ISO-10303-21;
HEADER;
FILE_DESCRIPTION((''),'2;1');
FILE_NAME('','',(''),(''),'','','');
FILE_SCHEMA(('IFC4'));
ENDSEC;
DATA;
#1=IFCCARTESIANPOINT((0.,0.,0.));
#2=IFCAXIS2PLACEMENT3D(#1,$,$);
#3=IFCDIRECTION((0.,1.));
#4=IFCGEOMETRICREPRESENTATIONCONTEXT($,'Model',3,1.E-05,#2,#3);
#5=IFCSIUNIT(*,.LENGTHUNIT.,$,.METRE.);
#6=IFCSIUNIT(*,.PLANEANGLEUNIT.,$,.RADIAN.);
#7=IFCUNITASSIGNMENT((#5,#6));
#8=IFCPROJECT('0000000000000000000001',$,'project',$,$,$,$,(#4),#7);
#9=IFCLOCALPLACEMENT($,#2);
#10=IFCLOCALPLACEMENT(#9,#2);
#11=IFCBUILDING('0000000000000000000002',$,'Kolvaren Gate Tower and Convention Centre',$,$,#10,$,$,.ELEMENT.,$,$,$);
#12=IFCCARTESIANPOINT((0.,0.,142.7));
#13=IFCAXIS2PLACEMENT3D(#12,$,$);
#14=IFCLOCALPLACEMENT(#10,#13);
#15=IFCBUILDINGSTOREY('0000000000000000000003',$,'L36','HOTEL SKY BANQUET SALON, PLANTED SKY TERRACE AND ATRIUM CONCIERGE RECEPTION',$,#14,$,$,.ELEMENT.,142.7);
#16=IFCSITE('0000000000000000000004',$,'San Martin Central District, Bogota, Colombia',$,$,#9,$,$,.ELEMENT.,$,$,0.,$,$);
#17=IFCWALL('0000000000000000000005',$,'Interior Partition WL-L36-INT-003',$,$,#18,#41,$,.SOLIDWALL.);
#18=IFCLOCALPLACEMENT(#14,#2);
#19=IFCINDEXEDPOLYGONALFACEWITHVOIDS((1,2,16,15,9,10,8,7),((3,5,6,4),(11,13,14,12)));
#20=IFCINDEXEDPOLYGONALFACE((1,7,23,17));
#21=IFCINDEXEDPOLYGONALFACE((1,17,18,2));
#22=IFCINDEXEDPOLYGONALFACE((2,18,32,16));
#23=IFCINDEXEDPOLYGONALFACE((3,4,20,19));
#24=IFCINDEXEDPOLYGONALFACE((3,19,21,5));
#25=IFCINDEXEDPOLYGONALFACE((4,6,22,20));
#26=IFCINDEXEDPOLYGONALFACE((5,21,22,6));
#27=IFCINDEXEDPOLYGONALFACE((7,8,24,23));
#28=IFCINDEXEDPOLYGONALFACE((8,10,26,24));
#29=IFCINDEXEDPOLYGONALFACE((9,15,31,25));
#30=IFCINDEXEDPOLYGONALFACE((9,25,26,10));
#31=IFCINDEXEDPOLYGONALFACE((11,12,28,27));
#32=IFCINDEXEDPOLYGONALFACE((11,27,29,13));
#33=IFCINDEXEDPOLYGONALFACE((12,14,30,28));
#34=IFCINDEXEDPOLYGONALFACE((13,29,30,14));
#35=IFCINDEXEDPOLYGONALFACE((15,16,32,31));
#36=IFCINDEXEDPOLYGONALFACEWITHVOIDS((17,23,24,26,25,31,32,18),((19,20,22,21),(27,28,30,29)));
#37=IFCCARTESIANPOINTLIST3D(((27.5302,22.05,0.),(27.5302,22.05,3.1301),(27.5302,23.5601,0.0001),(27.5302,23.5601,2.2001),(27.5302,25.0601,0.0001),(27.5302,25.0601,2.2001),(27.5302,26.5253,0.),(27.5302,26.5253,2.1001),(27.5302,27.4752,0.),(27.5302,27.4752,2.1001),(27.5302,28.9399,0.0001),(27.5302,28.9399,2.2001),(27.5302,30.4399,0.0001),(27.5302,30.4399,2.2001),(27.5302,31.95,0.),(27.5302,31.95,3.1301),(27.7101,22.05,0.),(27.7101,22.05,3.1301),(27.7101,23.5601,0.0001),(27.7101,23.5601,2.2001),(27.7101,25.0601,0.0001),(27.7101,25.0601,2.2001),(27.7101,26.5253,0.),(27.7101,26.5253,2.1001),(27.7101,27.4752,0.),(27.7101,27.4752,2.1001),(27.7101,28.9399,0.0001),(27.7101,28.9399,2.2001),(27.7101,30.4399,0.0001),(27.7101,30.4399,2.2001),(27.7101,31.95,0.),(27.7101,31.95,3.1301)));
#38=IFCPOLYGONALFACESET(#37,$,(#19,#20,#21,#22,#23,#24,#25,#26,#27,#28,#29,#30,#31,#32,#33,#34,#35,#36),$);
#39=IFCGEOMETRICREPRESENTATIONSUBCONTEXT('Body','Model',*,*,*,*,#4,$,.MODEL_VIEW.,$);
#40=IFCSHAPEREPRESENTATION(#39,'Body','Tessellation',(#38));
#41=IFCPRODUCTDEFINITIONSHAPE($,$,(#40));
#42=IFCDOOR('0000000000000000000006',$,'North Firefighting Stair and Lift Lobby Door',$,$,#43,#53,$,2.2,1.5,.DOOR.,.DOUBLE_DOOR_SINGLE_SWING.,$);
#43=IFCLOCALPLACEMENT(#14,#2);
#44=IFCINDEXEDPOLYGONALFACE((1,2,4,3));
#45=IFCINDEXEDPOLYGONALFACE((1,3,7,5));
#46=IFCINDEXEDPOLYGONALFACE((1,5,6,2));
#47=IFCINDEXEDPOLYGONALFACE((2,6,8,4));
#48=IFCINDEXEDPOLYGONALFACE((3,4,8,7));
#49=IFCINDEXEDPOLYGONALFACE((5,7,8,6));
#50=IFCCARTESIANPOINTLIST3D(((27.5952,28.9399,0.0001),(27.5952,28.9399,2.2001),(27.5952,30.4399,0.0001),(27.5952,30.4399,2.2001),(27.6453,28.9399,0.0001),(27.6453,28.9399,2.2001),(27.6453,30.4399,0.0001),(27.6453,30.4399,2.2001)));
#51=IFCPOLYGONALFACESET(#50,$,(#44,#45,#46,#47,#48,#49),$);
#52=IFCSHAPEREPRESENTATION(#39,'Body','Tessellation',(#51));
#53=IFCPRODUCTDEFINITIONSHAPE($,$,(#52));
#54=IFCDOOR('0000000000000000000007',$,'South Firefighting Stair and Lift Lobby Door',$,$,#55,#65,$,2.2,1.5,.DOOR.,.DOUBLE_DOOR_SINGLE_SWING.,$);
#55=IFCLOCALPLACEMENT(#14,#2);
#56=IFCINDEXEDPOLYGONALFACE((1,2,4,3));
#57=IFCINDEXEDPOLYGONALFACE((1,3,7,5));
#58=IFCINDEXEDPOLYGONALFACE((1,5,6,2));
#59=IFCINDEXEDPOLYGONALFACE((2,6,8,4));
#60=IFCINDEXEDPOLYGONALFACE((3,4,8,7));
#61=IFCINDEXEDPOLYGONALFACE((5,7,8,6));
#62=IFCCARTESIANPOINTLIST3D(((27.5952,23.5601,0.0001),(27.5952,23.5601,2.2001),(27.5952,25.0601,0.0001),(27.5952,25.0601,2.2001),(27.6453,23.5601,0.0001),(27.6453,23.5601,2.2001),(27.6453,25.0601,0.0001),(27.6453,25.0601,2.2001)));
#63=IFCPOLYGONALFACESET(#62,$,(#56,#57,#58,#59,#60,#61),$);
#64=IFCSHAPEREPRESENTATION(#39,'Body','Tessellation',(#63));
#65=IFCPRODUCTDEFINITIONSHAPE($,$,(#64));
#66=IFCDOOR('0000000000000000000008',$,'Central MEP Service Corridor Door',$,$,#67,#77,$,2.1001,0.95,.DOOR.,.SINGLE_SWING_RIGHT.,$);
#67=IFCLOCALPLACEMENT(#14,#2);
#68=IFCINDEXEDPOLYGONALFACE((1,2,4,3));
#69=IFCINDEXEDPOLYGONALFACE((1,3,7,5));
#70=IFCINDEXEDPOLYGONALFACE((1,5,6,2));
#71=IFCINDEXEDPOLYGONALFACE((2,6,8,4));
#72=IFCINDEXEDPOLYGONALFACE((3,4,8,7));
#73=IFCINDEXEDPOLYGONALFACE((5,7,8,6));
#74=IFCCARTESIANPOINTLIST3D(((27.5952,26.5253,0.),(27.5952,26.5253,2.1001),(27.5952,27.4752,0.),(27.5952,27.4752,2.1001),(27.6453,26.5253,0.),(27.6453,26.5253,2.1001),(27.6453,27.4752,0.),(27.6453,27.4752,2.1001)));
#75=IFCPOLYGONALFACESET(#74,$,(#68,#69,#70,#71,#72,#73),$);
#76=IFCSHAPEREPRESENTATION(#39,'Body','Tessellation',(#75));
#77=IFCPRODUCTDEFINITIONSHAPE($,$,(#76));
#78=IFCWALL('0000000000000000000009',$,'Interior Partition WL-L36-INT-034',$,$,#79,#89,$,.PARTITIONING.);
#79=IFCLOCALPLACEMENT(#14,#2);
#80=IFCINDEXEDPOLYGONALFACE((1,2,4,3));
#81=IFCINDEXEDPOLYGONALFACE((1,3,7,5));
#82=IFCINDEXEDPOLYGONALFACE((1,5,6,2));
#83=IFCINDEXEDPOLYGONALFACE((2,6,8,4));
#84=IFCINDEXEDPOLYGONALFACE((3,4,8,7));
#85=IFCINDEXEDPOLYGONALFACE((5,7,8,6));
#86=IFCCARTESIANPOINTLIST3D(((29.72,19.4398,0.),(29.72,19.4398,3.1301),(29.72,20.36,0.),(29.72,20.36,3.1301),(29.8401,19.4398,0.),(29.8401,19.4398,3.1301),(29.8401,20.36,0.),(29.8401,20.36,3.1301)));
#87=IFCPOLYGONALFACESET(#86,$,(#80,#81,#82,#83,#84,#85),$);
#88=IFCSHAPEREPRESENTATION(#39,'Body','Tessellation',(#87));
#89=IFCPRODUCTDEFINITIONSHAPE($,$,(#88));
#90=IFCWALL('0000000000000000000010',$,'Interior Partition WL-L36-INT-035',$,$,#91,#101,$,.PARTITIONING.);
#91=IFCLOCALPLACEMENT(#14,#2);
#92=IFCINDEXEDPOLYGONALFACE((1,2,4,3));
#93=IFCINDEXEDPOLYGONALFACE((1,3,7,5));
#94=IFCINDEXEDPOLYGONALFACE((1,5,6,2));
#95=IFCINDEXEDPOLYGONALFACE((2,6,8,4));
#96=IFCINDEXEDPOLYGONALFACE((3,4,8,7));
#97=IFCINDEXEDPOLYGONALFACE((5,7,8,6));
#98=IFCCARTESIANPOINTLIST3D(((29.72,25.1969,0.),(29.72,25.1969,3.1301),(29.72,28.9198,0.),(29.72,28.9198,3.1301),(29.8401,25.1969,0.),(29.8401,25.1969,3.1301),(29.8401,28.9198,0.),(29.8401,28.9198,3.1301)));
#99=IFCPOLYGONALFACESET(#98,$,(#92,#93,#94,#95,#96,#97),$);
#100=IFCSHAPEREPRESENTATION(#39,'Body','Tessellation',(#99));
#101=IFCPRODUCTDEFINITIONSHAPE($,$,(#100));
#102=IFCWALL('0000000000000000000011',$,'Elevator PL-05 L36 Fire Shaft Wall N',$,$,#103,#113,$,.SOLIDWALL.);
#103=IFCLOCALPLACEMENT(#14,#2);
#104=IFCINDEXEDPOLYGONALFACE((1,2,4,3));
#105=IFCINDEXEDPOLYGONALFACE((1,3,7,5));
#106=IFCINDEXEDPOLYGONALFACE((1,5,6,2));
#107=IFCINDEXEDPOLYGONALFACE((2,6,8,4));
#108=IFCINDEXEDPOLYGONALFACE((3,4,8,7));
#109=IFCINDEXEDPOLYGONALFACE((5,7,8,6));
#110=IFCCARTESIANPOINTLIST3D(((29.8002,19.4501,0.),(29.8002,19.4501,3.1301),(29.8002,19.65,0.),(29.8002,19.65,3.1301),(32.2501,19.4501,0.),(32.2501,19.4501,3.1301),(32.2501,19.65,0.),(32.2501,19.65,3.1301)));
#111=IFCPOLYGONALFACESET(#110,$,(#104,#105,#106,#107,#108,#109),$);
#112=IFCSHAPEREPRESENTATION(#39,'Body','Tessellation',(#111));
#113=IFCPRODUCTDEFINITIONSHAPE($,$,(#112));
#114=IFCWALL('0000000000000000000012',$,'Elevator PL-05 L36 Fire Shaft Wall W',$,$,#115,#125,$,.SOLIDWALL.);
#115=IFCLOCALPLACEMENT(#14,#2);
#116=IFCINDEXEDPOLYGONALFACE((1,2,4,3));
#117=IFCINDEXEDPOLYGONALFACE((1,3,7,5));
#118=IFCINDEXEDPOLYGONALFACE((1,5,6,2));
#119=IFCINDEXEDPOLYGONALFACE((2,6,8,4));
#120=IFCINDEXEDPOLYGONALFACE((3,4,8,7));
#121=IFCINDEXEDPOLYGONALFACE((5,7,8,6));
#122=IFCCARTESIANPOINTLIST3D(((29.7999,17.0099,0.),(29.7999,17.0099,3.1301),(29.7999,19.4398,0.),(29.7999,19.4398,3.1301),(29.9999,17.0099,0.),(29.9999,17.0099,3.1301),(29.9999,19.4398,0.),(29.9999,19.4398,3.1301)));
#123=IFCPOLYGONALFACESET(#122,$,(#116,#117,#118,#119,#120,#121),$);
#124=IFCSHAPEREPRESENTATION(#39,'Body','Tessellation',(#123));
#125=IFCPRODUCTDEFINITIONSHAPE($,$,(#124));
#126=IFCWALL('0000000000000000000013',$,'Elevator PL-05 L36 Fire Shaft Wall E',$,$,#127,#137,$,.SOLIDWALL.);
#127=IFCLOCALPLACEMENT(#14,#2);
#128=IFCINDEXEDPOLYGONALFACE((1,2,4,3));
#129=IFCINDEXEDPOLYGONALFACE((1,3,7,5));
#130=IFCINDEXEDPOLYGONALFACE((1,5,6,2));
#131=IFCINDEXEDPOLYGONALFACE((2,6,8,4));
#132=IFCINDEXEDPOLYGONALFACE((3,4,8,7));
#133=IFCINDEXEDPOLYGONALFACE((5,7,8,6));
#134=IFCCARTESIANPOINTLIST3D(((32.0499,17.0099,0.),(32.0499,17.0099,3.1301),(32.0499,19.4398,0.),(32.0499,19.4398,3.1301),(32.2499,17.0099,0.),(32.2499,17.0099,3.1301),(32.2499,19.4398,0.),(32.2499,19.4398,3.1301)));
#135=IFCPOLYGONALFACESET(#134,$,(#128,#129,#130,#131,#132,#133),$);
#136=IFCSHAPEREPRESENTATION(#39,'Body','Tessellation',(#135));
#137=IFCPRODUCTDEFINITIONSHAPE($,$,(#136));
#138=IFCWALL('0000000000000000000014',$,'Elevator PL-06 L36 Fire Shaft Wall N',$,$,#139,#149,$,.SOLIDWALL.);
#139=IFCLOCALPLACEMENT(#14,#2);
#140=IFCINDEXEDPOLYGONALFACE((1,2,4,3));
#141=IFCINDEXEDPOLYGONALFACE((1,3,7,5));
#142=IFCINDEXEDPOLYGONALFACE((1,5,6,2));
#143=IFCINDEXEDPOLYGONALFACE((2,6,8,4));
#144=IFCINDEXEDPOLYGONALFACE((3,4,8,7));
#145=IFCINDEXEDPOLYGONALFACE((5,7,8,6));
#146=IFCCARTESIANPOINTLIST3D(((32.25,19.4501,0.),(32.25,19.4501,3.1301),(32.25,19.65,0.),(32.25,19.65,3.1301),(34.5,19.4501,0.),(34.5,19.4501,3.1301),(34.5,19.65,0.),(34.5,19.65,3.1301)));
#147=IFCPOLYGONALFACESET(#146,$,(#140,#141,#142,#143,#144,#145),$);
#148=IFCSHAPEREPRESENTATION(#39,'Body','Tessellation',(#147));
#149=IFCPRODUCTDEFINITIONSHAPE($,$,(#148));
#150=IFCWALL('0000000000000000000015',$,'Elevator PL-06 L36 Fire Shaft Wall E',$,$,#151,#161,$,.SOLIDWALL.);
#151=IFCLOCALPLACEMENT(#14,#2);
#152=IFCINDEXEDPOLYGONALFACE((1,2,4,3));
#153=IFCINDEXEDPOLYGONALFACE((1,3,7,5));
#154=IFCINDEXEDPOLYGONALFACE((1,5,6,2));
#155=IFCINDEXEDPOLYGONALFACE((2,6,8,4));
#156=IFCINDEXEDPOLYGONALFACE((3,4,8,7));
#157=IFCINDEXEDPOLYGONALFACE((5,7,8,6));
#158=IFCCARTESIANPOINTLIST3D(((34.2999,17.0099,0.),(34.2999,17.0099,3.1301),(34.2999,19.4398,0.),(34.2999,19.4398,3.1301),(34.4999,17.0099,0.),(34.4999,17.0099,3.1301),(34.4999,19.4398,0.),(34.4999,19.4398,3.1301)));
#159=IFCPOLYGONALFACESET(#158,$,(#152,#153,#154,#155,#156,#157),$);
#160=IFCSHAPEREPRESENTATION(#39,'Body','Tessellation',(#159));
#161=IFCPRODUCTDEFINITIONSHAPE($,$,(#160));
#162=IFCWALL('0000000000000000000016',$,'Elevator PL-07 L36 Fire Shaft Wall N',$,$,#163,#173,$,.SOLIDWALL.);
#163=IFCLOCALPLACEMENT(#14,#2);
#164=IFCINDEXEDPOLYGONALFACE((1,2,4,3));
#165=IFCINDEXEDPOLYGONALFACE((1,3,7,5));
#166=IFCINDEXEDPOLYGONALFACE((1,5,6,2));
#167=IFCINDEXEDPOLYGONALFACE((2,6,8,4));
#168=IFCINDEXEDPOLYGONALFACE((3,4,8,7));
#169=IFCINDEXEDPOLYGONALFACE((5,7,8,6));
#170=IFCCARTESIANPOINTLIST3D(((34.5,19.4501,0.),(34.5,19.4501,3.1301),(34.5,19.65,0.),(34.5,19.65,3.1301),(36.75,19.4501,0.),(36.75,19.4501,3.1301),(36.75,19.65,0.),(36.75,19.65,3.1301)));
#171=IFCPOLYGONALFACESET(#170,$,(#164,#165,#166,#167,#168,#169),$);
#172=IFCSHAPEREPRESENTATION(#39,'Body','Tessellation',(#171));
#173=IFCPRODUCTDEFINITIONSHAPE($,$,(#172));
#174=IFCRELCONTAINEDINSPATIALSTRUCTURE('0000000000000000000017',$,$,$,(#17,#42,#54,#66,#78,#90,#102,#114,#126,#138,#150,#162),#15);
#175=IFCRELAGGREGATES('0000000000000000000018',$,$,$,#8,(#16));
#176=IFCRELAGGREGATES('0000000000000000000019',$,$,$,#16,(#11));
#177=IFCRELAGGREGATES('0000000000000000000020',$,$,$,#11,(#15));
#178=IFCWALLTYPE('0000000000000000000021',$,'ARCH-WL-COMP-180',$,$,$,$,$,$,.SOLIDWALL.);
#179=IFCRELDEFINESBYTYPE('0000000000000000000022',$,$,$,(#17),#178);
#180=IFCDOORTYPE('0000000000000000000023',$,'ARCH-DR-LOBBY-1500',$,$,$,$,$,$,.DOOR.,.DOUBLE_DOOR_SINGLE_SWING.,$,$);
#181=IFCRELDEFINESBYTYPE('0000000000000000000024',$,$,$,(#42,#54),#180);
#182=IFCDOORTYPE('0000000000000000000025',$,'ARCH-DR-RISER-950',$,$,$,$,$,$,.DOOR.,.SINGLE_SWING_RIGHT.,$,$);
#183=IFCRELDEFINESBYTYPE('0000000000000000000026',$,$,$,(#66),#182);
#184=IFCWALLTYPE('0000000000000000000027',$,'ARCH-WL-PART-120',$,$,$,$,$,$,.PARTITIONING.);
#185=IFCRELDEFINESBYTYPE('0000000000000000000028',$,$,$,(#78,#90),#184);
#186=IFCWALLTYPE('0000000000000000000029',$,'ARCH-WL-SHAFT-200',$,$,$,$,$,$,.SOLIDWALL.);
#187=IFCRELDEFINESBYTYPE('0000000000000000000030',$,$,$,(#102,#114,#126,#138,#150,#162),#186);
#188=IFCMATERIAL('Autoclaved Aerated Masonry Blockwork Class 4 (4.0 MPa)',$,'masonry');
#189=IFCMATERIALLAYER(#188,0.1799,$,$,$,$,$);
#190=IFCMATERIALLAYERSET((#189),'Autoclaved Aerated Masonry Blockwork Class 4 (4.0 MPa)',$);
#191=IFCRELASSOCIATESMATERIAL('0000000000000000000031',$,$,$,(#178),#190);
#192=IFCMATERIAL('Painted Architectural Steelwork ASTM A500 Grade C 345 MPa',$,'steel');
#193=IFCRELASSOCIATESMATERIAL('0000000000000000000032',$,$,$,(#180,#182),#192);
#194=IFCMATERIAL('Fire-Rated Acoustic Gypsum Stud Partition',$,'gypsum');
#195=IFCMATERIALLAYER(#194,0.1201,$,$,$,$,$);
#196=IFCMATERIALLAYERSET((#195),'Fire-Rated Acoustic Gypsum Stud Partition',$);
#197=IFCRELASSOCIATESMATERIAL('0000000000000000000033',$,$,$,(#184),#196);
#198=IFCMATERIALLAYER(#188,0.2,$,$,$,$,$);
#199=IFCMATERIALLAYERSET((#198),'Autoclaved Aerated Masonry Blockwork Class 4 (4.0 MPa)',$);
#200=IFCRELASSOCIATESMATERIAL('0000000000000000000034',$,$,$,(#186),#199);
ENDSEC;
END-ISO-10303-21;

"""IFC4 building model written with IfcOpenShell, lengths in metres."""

from ifc_helpers import new_model, si_unit, direction, frame, frame_2d, origin, place, context, subcontext, project, spatial, rectangle, extrude, material, layer, layer_set, type_object, element, fill, save


model = new_model("IFC4")

# Units and contexts
model_context = context("Model", 3, precision=1e-05, world=origin(), true_north=direction((0.0, 1.0)))
body_context = subcontext(model_context, "Body", "Model", "MODEL_VIEW")
ifc_project = project(units=[si_unit("LENGTHUNIT", "METRE"), si_unit("PLANEANGLEUNIT", "RADIAN")], contexts=[model_context])

# Site, building, storey
site_placement = place(None, origin())
site = spatial("IfcSite", under=ifc_project, at=site_placement, Name="San Martin Central District, Bogota, Colombia", CompositionType="ELEMENT", RefElevation=0.0)
building_placement = place(site_placement, origin())
building = spatial("IfcBuilding", under=site, at=building_placement, Name="Kolvaren Gate Tower and Convention Centre", CompositionType="ELEMENT")
storey_placement = place(building_placement, frame((0.0, 0.0, 142.7)))
storey = spatial("IfcBuildingStorey", under=building, at=storey_placement, Name="L36", Description="HOTEL SKY BANQUET SALON, PLANTED SKY TERRACE AND ATRIUM CONCIERGE RECEPTION", CompositionType="ELEMENT", Elevation=142.7)

# Wall, openings, doors
ifc_material_1 = material(Name="Autoclaved Aerated Masonry Blockwork Class 4 (4.0 MPa)", Category="masonry")
ifc_layer_1 = layer(ifc_material_1, 0.1799)
ifc_layer_set_1 = layer_set([ifc_layer_1], Name="Autoclaved Aerated Masonry Blockwork Class 4 (4.0 MPa)")
wall_type_1 = type_object("IfcWallType", Name="ARCH-WL-COMP-180", PredefinedType="SOLIDWALL", material=ifc_layer_set_1)
wall_1_placement = place(storey_placement, frame((27.6201, 22.05, 0.0), z_axis=(0.0, 0.0, 1.0), x_axis=(0.0, 1.0, 0.0)))
wall_1 = element("IfcWall", 1, at=wall_1_placement, inside=storey, type_object=wall_type_1, Name="Interior Partition WL-L36-INT-003", PredefinedType="SOLIDWALL", context=body_context, shape_type="SweptSolid", body=[
    extrude(rectangle(XDim=9.8999, YDim=0.1799, at=frame_2d((4.95, 0.0))), origin(), (0.0, 0.0, 1.0), 3.1301),
])
opening_1_placement = place(wall_1_placement, frame((4.4751, 0.0, 0.0)))
opening_1 = element("IfcOpeningElement", 2, at=opening_1_placement, cuts=wall_1, PredefinedType="OPENING", context=body_context, shape_type="SweptSolid", body=[
    extrude(rectangle(XDim=0.95, YDim=2.1001, at=frame_2d((0.4751, 1.05))), frame((0.0, 0.0999, 0.0), z_axis=(0.0, -1.0, 0.0), x_axis=(1.0, 0.0, 0.0)), (0.0, 0.0, 1.0), 0.2),
])
opening_2_placement = place(wall_1_placement, frame((6.8899, 0.0, 0.0)))
opening_2 = element("IfcOpeningElement", 3, at=opening_2_placement, cuts=wall_1, PredefinedType="OPENING", context=body_context, shape_type="SweptSolid", body=[
    extrude(rectangle(XDim=1.5, YDim=2.2, at=frame_2d((0.75, 1.1001))), frame((0.0, 0.0999, 0.0), z_axis=(0.0, -1.0, 0.0), x_axis=(1.0, 0.0, 0.0)), (0.0, 0.0, 1.0), 0.2),
])
opening_3_placement = place(wall_1_placement, frame((1.51, 0.0, 0.0)))
opening_3 = element("IfcOpeningElement", 4, at=opening_3_placement, cuts=wall_1, PredefinedType="OPENING", context=body_context, shape_type="SweptSolid", body=[
    extrude(rectangle(XDim=1.5, YDim=2.2, at=frame_2d((0.75, 1.1001))), frame((0.0, 0.0999, 0.0), z_axis=(0.0, -1.0, 0.0), x_axis=(1.0, 0.0, 0.0)), (0.0, 0.0, 1.0), 0.2),
])
ifc_material_2 = material(Name="Painted Architectural Steelwork ASTM A500 Grade C 345 MPa", Category="steel")
door_type_1 = type_object("IfcDoorType", Name="ARCH-DR-LOBBY-1500", OperationType="DOUBLE_DOOR_SINGLE_SWING", PredefinedType="DOOR", material=ifc_material_2)
door_1_placement = place(opening_2_placement, origin())
door_1 = element("IfcDoor", 5, at=door_1_placement, inside=storey, type_object=door_type_1, Name="North Firefighting Stair and Lift Lobby Door", OperationType="DOUBLE_DOOR_SINGLE_SWING", OverallHeight=2.2, OverallWidth=1.5, PredefinedType="DOOR", context=body_context, shape_type="SweptSolid", body=[
    extrude(rectangle(XDim=1.5, YDim=2.2, at=frame_2d((0.75, 1.1001))), frame((0.0, 0.0249, 0.0), z_axis=(0.0, -1.0, 0.0), x_axis=(1.0, 0.0, 0.0)), (0.0, 0.0, 1.0), 0.05),
])
fill(opening_2, door_1)
door_2_placement = place(opening_3_placement, origin())
door_2 = element("IfcDoor", 6, at=door_2_placement, inside=storey, type_object=door_type_1, Name="South Firefighting Stair and Lift Lobby Door", OperationType="DOUBLE_DOOR_SINGLE_SWING", OverallHeight=2.2, OverallWidth=1.5, PredefinedType="DOOR", context=body_context, shape_type="SweptSolid", body=[
    extrude(rectangle(XDim=1.5, YDim=2.2, at=frame_2d((0.75, 1.1001))), frame((0.0, 0.0249, 0.0), z_axis=(0.0, -1.0, 0.0), x_axis=(1.0, 0.0, 0.0)), (0.0, 0.0, 1.0), 0.05),
])
fill(opening_3, door_2)
door_type_2 = type_object("IfcDoorType", Name="ARCH-DR-RISER-950", OperationType="SINGLE_SWING_RIGHT", PredefinedType="DOOR", material=ifc_material_2)
door_3_placement = place(opening_1_placement, origin())
door_3 = element("IfcDoor", 7, at=door_3_placement, inside=storey, type_object=door_type_2, Name="Central MEP Service Corridor Door", OperationType="SINGLE_SWING_RIGHT", OverallHeight=2.1001, OverallWidth=0.95, PredefinedType="DOOR", context=body_context, shape_type="SweptSolid", body=[
    extrude(rectangle(XDim=0.95, YDim=2.1001, at=frame_2d((0.4751, 1.05))), frame((0.0, 0.0249, 0.0), z_axis=(0.0, -1.0, 0.0), x_axis=(1.0, 0.0, 0.0)), (0.0, 0.0, 1.0), 0.05),
])
fill(opening_1, door_3)

# Walls
ifc_material_3 = material(Name="Fire-Rated Acoustic Gypsum Stud Partition", Category="gypsum")
ifc_layer_2 = layer(ifc_material_3, 0.1201)
ifc_layer_set_2 = layer_set([ifc_layer_2], Name="Fire-Rated Acoustic Gypsum Stud Partition")
wall_type_2 = type_object("IfcWallType", Name="ARCH-WL-PART-120", PredefinedType="PARTITIONING", material=ifc_layer_set_2)
wall_2_placement = place(storey_placement, frame((29.78, 19.4399, 0.0), z_axis=(0.0, 0.0, 1.0), x_axis=(0.0, 1.0, 0.0)))
element("IfcWall", 8, at=wall_2_placement, inside=storey, type_object=wall_type_2, Name="Interior Partition WL-L36-INT-034", PredefinedType="PARTITIONING", context=body_context, shape_type="SweptSolid", body=[
    extrude(rectangle(XDim=0.9202, YDim=0.1201, at=frame_2d((0.46, 0.0))), origin(), (0.0, 0.0, 1.0), 3.1301),
])
wall_3_placement = place(storey_placement, frame((29.78, 25.197, 0.0), z_axis=(0.0, 0.0, 1.0), x_axis=(0.0, 1.0, 0.0)))
element("IfcWall", 9, at=wall_3_placement, inside=storey, type_object=wall_type_2, Name="Interior Partition WL-L36-INT-035", PredefinedType="PARTITIONING", context=body_context, shape_type="SweptSolid", body=[
    extrude(rectangle(XDim=3.7229, YDim=0.1201, at=frame_2d((1.8613, 0.0))), origin(), (0.0, 0.0, 1.0), 3.1301),
])
ifc_layer_3 = layer(ifc_material_1, 0.2)
ifc_layer_set_3 = layer_set([ifc_layer_3], Name="Autoclaved Aerated Masonry Blockwork Class 4 (4.0 MPa)")
wall_type_3 = type_object("IfcWallType", Name="ARCH-WL-SHAFT-200", PredefinedType="SOLIDWALL", material=ifc_layer_set_3)
wall_4_placement = place(storey_placement, frame((29.8, 19.55, 0.0), z_axis=(0.0, 0.0, 1.0), x_axis=(1.0, 0.0, 0.0)))
element("IfcWall", 10, at=wall_4_placement, inside=storey, type_object=wall_type_3, Name="Elevator PL-05 L36 Fire Shaft Wall N", PredefinedType="SOLIDWALL", context=body_context, shape_type="SweptSolid", body=[
    extrude(rectangle(XDim=2.45, YDim=0.2, at=frame_2d((1.2251, 0.0))), origin(), (0.0, 0.0, 1.0), 3.1301),
])
for number, where, z_axis, x_axis, name in (
    (11, (29.8999, 17.01, 0.0), (0.0, 0.0, 1.0), (0.0, 1.0, 0.0), "Elevator PL-05 L36 Fire Shaft Wall W"),
    (12, (32.1499, 17.01, 0.0), (0.0, 0.0, 1.0), (0.0, 1.0, 0.0), "Elevator PL-05 L36 Fire Shaft Wall E"),
):
    element("IfcWall", number, at=place(storey_placement, frame(where, z_axis=z_axis, x_axis=x_axis)), inside=storey, type_object=wall_type_3, Name=name, PredefinedType="SOLIDWALL", context=body_context, shape_type="SweptSolid", body=[
        extrude(rectangle(XDim=2.4299, YDim=0.2, at=frame_2d((1.2148, 0.0))), origin(), (0.0, 0.0, 1.0), 3.1301),
    ])
wall_5_placement = place(storey_placement, frame((32.25, 19.55, 0.0), z_axis=(0.0, 0.0, 1.0), x_axis=(1.0, 0.0, 0.0)))
element("IfcWall", 13, at=wall_5_placement, inside=storey, type_object=wall_type_3, Name="Elevator PL-06 L36 Fire Shaft Wall N", PredefinedType="SOLIDWALL", context=body_context, shape_type="SweptSolid", body=[
    extrude(rectangle(XDim=2.25, YDim=0.2, at=frame_2d((1.125, 0.0))), origin(), (0.0, 0.0, 1.0), 3.1301),
])
wall_6_placement = place(storey_placement, frame((34.3999, 17.01, 0.0), z_axis=(0.0, 0.0, 1.0), x_axis=(0.0, 1.0, 0.0)))
element("IfcWall", 14, at=wall_6_placement, inside=storey, type_object=wall_type_3, Name="Elevator PL-06 L36 Fire Shaft Wall E", PredefinedType="SOLIDWALL", context=body_context, shape_type="SweptSolid", body=[
    extrude(rectangle(XDim=2.4299, YDim=0.2, at=frame_2d((1.2148, 0.0))), origin(), (0.0, 0.0, 1.0), 3.1301),
])
wall_7_placement = place(storey_placement, frame((34.5, 19.55, 0.0), z_axis=(0.0, 0.0, 1.0), x_axis=(1.0, 0.0, 0.0)))
element("IfcWall", 15, at=wall_7_placement, inside=storey, type_object=wall_type_3, Name="Elevator PL-07 L36 Fire Shaft Wall N", PredefinedType="SOLIDWALL", context=body_context, shape_type="SweptSolid", body=[
    extrude(rectangle(XDim=2.25, YDim=0.2, at=frame_2d((1.125, 0.0))), origin(), (0.0, 0.0, 1.0), 3.1301),
])

save(model, "model.ifc")
